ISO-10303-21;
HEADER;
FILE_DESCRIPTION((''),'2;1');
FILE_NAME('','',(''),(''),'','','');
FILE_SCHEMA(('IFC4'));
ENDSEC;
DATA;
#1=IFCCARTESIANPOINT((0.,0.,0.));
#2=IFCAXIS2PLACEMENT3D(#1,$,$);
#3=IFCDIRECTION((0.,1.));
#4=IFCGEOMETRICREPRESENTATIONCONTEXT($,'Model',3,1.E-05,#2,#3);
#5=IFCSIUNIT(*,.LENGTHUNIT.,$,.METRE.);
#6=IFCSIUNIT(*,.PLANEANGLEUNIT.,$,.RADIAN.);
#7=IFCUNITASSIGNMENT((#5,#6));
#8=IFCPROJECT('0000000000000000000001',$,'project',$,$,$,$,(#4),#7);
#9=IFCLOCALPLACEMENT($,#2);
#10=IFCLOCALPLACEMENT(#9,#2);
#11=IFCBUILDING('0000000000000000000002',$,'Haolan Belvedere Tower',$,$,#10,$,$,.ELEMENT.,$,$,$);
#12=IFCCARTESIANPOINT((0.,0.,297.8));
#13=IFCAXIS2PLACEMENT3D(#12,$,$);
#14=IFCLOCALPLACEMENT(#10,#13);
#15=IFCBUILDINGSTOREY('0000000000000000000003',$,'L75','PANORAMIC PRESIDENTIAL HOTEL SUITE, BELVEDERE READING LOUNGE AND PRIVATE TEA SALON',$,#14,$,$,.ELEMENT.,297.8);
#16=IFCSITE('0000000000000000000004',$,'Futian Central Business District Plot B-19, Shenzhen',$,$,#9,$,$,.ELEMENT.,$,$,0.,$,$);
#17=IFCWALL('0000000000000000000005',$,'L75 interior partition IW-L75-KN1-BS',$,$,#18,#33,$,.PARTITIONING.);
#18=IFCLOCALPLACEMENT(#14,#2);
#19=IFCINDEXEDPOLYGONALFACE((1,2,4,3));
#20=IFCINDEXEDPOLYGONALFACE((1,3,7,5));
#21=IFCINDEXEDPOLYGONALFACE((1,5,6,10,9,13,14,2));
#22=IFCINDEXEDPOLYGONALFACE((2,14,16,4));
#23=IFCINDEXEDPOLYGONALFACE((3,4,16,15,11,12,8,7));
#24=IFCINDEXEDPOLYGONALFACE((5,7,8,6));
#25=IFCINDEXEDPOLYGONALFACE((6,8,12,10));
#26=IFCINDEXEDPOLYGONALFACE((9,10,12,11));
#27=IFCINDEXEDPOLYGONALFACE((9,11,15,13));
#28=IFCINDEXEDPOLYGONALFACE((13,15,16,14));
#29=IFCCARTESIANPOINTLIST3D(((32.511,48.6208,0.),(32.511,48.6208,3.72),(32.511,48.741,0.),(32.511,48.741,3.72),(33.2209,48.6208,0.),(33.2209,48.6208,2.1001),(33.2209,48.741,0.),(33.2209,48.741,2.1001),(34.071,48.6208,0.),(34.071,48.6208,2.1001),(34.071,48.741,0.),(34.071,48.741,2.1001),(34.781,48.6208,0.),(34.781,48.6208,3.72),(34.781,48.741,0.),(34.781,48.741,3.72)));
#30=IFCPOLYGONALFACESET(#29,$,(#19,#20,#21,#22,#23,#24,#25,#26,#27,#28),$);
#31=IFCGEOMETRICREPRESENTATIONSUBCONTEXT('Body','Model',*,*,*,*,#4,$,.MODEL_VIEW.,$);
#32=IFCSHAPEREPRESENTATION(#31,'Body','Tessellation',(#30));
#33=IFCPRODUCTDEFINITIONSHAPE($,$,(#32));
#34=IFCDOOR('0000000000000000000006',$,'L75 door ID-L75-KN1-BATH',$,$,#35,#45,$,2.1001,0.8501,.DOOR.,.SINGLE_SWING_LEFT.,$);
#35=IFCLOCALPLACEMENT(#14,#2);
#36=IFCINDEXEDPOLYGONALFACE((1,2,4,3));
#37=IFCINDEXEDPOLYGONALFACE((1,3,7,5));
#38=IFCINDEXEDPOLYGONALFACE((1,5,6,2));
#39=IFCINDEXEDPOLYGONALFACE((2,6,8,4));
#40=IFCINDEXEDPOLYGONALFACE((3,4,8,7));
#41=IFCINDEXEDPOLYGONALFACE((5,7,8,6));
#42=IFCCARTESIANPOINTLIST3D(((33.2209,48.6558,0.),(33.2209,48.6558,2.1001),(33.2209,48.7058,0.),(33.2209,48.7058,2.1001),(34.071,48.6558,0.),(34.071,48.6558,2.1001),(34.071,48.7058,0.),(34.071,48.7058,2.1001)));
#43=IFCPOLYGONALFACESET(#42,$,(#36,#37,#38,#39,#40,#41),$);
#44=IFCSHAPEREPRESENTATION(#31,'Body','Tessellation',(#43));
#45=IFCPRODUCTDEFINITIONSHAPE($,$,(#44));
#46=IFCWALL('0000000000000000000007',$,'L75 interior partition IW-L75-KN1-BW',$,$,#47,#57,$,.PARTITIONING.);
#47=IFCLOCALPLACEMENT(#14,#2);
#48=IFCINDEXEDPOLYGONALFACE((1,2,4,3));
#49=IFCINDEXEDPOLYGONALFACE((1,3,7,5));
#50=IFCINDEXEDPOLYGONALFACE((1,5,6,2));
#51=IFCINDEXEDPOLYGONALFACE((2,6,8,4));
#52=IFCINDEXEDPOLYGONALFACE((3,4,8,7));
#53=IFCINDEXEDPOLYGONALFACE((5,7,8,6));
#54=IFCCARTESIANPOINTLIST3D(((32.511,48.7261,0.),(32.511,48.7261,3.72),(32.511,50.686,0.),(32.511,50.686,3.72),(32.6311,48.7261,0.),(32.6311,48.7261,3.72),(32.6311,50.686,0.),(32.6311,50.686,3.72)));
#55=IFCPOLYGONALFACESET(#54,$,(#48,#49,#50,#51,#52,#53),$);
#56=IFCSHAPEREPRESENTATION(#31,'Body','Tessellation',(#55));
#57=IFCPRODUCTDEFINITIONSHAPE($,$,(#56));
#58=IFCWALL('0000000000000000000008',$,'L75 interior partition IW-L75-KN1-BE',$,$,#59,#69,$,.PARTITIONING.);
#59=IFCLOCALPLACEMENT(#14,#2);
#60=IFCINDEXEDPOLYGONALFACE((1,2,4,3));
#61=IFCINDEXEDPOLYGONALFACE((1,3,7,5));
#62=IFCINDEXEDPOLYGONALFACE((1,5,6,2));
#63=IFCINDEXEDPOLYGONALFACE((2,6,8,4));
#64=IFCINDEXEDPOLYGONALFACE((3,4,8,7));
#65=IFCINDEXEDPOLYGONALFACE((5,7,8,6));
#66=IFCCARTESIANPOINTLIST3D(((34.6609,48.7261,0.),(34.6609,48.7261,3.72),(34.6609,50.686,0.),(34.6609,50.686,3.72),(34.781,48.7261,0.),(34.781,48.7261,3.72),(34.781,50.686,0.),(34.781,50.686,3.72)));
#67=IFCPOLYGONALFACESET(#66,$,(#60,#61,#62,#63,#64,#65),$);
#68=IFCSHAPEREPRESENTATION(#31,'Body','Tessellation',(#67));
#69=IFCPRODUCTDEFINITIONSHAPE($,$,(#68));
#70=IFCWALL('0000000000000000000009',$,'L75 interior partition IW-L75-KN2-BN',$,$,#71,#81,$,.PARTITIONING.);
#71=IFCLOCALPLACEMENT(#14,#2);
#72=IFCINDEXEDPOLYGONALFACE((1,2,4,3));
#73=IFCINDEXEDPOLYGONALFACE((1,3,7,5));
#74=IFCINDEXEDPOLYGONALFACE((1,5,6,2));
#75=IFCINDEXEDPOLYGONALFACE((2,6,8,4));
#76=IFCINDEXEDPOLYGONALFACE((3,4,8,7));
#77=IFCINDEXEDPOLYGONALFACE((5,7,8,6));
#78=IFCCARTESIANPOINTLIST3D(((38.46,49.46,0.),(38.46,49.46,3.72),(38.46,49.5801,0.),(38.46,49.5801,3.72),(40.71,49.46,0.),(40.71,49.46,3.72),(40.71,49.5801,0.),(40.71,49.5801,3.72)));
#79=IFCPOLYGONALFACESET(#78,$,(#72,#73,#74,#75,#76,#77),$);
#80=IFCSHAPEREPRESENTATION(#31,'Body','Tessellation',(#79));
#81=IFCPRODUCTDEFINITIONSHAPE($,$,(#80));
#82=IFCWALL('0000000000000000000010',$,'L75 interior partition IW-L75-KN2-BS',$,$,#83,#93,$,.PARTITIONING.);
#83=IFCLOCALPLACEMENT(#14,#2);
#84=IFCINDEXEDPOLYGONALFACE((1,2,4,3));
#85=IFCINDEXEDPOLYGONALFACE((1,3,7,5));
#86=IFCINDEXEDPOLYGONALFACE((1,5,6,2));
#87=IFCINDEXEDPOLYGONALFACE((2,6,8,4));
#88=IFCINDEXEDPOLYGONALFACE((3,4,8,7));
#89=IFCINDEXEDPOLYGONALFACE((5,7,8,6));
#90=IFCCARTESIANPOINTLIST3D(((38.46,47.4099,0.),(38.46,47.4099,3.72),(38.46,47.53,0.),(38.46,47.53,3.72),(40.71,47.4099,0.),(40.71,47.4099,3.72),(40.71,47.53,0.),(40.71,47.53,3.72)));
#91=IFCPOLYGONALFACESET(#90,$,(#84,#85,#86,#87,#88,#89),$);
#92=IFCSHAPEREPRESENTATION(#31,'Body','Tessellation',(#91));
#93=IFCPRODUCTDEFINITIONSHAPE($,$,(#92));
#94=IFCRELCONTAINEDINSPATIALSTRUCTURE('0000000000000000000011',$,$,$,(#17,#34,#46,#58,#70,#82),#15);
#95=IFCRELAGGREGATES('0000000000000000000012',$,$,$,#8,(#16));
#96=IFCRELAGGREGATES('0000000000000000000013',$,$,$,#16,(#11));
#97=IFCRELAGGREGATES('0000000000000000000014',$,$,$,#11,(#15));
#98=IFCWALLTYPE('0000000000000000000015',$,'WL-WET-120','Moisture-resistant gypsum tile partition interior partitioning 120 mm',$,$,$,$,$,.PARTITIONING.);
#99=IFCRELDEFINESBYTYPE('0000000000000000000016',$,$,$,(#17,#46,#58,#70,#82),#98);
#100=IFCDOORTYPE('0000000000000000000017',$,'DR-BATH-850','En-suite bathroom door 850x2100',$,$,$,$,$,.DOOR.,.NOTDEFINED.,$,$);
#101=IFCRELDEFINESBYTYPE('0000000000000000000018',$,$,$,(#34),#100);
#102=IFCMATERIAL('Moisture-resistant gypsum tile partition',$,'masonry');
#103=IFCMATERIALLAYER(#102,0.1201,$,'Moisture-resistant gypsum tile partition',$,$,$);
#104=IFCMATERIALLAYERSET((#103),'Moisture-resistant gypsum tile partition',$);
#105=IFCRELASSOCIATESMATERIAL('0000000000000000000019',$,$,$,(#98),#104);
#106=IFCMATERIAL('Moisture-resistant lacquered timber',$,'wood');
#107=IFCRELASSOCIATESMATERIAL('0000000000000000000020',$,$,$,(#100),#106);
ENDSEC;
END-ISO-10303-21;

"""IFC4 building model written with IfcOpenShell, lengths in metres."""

from ifc_helpers import new_model, si_unit, direction, frame, frame_2d, origin, place, context, subcontext, project, spatial, rectangle, extrude, material, layer, layer_set, type_object, element, fill, save


model = new_model("IFC4")

# Units and contexts
model_context = context("Model", 3, precision=1e-05, world=origin(), true_north=direction((0.0, 1.0)))
body_context = subcontext(model_context, "Body", "Model", "MODEL_VIEW")
ifc_project = project(units=[si_unit("LENGTHUNIT", "METRE"), si_unit("PLANEANGLEUNIT", "RADIAN")], contexts=[model_context])

# Site, building, storey
site_placement = place(None, origin())
site = spatial("IfcSite", under=ifc_project, at=site_placement, Name="Futian Central Business District Plot B-19, Shenzhen", CompositionType="ELEMENT", RefElevation=0.0)
building_placement = place(site_placement, origin())
building = spatial("IfcBuilding", under=site, at=building_placement, Name="Haolan Belvedere Tower", CompositionType="ELEMENT")
storey_placement = place(building_placement, frame((0.0, 0.0, 297.8)))
storey = spatial("IfcBuildingStorey", under=building, at=storey_placement, Name="L75", Description="PANORAMIC PRESIDENTIAL HOTEL SUITE, BELVEDERE READING LOUNGE AND PRIVATE TEA SALON", CompositionType="ELEMENT", Elevation=297.8)

# Shared definitions
ifc_material_1 = material(Name="Moisture-resistant gypsum tile partition", Category="masonry")
ifc_layer_1 = layer(ifc_material_1, 0.1201, Name="Moisture-resistant gypsum tile partition")
ifc_layer_set_1 = layer_set([ifc_layer_1], Name="Moisture-resistant gypsum tile partition")
wall_type_1 = type_object("IfcWallType", Name="WL-WET-120", Description="Moisture-resistant gypsum tile partition interior partitioning 120 mm", PredefinedType="PARTITIONING", material=ifc_layer_set_1)

# Wall, opening, door
wall_1_placement = place(storey_placement, frame((32.511, 48.6809, 0.0), z_axis=(0.0, 0.0, 1.0), x_axis=(1.0, 0.0, 0.0)))
wall_1 = element("IfcWall", 1, at=wall_1_placement, inside=storey, type_object=wall_type_1, Name="L75 interior partition IW-L75-KN1-BS", PredefinedType="PARTITIONING", context=body_context, shape_type="SweptSolid", body=[
    extrude(rectangle(XDim=2.27, YDim=0.1201, at=frame_2d((1.135, 0.0))), origin(), (0.0, 0.0, 1.0), 3.72),
])
opening_1_placement = place(wall_1_placement, frame((0.71, 0.0, 0.0)))
opening_1 = element("IfcOpeningElement", 2, at=opening_1_placement, cuts=wall_1, PredefinedType="OPENING", context=body_context, shape_type="SweptSolid", body=[
    extrude(rectangle(XDim=0.8501, YDim=2.1001, at=frame_2d((0.425, 1.05))), frame((0.0, 0.0701, 0.0), z_axis=(0.0, -1.0, 0.0), x_axis=(1.0, 0.0, 0.0)), (0.0, 0.0, 1.0), 0.1401),
])
ifc_material_2 = material(Name="Moisture-resistant lacquered timber", Category="wood")
door_type_1 = type_object("IfcDoorType", Name="DR-BATH-850", Description="En-suite bathroom door 850x2100", OperationType="NOTDEFINED", PredefinedType="DOOR", material=ifc_material_2)
door_1_placement = place(opening_1_placement, origin())
door_1 = element("IfcDoor", 3, at=door_1_placement, inside=storey, type_object=door_type_1, Name="L75 door ID-L75-KN1-BATH", OperationType="SINGLE_SWING_LEFT", OverallHeight=2.1001, OverallWidth=0.8501, PredefinedType="DOOR", context=body_context, shape_type="SweptSolid", body=[
    extrude(rectangle(XDim=0.8501, YDim=2.1001, at=frame_2d((0.425, 1.05))), frame((0.0, 0.0249, 0.0), z_axis=(0.0, -1.0, 0.0), x_axis=(1.0, 0.0, 0.0)), (0.0, 0.0, 1.0), 0.05),
])
fill(opening_1, door_1)

# Walls
for number, where, z_axis, x_axis, name in (
    (4, (32.571, 48.7261, 0.0), (0.0, 0.0, 1.0), (0.0, 1.0, 0.0), "L75 interior partition IW-L75-KN1-BW"),
    (5, (34.7209, 48.7261, 0.0), (0.0, 0.0, 1.0), (0.0, 1.0, 0.0), "L75 interior partition IW-L75-KN1-BE"),
):
    element("IfcWall", number, at=place(storey_placement, frame(where, z_axis=z_axis, x_axis=x_axis)), inside=storey, type_object=wall_type_1, Name=name, PredefinedType="PARTITIONING", context=body_context, shape_type="SweptSolid", body=[
        extrude(rectangle(XDim=1.96, YDim=0.1201, at=frame_2d((0.98, 0.0))), origin(), (0.0, 0.0, 1.0), 3.72),
    ])
for number, where, z_axis, x_axis, name in (
    (6, (38.46, 49.52, 0.0), (0.0, 0.0, 1.0), (1.0, 0.0, 0.0), "L75 interior partition IW-L75-KN2-BN"),
    (7, (38.46, 47.47, 0.0), (0.0, 0.0, 1.0), (1.0, 0.0, 0.0), "L75 interior partition IW-L75-KN2-BS"),
):
    element("IfcWall", number, at=place(storey_placement, frame(where, z_axis=z_axis, x_axis=x_axis)), inside=storey, type_object=wall_type_1, Name=name, PredefinedType="PARTITIONING", context=body_context, shape_type="SweptSolid", body=[
        extrude(rectangle(XDim=2.25, YDim=0.1201, at=frame_2d((1.125, 0.0))), origin(), (0.0, 0.0, 1.0), 3.72),
    ])

save(model, "model.ifc")
